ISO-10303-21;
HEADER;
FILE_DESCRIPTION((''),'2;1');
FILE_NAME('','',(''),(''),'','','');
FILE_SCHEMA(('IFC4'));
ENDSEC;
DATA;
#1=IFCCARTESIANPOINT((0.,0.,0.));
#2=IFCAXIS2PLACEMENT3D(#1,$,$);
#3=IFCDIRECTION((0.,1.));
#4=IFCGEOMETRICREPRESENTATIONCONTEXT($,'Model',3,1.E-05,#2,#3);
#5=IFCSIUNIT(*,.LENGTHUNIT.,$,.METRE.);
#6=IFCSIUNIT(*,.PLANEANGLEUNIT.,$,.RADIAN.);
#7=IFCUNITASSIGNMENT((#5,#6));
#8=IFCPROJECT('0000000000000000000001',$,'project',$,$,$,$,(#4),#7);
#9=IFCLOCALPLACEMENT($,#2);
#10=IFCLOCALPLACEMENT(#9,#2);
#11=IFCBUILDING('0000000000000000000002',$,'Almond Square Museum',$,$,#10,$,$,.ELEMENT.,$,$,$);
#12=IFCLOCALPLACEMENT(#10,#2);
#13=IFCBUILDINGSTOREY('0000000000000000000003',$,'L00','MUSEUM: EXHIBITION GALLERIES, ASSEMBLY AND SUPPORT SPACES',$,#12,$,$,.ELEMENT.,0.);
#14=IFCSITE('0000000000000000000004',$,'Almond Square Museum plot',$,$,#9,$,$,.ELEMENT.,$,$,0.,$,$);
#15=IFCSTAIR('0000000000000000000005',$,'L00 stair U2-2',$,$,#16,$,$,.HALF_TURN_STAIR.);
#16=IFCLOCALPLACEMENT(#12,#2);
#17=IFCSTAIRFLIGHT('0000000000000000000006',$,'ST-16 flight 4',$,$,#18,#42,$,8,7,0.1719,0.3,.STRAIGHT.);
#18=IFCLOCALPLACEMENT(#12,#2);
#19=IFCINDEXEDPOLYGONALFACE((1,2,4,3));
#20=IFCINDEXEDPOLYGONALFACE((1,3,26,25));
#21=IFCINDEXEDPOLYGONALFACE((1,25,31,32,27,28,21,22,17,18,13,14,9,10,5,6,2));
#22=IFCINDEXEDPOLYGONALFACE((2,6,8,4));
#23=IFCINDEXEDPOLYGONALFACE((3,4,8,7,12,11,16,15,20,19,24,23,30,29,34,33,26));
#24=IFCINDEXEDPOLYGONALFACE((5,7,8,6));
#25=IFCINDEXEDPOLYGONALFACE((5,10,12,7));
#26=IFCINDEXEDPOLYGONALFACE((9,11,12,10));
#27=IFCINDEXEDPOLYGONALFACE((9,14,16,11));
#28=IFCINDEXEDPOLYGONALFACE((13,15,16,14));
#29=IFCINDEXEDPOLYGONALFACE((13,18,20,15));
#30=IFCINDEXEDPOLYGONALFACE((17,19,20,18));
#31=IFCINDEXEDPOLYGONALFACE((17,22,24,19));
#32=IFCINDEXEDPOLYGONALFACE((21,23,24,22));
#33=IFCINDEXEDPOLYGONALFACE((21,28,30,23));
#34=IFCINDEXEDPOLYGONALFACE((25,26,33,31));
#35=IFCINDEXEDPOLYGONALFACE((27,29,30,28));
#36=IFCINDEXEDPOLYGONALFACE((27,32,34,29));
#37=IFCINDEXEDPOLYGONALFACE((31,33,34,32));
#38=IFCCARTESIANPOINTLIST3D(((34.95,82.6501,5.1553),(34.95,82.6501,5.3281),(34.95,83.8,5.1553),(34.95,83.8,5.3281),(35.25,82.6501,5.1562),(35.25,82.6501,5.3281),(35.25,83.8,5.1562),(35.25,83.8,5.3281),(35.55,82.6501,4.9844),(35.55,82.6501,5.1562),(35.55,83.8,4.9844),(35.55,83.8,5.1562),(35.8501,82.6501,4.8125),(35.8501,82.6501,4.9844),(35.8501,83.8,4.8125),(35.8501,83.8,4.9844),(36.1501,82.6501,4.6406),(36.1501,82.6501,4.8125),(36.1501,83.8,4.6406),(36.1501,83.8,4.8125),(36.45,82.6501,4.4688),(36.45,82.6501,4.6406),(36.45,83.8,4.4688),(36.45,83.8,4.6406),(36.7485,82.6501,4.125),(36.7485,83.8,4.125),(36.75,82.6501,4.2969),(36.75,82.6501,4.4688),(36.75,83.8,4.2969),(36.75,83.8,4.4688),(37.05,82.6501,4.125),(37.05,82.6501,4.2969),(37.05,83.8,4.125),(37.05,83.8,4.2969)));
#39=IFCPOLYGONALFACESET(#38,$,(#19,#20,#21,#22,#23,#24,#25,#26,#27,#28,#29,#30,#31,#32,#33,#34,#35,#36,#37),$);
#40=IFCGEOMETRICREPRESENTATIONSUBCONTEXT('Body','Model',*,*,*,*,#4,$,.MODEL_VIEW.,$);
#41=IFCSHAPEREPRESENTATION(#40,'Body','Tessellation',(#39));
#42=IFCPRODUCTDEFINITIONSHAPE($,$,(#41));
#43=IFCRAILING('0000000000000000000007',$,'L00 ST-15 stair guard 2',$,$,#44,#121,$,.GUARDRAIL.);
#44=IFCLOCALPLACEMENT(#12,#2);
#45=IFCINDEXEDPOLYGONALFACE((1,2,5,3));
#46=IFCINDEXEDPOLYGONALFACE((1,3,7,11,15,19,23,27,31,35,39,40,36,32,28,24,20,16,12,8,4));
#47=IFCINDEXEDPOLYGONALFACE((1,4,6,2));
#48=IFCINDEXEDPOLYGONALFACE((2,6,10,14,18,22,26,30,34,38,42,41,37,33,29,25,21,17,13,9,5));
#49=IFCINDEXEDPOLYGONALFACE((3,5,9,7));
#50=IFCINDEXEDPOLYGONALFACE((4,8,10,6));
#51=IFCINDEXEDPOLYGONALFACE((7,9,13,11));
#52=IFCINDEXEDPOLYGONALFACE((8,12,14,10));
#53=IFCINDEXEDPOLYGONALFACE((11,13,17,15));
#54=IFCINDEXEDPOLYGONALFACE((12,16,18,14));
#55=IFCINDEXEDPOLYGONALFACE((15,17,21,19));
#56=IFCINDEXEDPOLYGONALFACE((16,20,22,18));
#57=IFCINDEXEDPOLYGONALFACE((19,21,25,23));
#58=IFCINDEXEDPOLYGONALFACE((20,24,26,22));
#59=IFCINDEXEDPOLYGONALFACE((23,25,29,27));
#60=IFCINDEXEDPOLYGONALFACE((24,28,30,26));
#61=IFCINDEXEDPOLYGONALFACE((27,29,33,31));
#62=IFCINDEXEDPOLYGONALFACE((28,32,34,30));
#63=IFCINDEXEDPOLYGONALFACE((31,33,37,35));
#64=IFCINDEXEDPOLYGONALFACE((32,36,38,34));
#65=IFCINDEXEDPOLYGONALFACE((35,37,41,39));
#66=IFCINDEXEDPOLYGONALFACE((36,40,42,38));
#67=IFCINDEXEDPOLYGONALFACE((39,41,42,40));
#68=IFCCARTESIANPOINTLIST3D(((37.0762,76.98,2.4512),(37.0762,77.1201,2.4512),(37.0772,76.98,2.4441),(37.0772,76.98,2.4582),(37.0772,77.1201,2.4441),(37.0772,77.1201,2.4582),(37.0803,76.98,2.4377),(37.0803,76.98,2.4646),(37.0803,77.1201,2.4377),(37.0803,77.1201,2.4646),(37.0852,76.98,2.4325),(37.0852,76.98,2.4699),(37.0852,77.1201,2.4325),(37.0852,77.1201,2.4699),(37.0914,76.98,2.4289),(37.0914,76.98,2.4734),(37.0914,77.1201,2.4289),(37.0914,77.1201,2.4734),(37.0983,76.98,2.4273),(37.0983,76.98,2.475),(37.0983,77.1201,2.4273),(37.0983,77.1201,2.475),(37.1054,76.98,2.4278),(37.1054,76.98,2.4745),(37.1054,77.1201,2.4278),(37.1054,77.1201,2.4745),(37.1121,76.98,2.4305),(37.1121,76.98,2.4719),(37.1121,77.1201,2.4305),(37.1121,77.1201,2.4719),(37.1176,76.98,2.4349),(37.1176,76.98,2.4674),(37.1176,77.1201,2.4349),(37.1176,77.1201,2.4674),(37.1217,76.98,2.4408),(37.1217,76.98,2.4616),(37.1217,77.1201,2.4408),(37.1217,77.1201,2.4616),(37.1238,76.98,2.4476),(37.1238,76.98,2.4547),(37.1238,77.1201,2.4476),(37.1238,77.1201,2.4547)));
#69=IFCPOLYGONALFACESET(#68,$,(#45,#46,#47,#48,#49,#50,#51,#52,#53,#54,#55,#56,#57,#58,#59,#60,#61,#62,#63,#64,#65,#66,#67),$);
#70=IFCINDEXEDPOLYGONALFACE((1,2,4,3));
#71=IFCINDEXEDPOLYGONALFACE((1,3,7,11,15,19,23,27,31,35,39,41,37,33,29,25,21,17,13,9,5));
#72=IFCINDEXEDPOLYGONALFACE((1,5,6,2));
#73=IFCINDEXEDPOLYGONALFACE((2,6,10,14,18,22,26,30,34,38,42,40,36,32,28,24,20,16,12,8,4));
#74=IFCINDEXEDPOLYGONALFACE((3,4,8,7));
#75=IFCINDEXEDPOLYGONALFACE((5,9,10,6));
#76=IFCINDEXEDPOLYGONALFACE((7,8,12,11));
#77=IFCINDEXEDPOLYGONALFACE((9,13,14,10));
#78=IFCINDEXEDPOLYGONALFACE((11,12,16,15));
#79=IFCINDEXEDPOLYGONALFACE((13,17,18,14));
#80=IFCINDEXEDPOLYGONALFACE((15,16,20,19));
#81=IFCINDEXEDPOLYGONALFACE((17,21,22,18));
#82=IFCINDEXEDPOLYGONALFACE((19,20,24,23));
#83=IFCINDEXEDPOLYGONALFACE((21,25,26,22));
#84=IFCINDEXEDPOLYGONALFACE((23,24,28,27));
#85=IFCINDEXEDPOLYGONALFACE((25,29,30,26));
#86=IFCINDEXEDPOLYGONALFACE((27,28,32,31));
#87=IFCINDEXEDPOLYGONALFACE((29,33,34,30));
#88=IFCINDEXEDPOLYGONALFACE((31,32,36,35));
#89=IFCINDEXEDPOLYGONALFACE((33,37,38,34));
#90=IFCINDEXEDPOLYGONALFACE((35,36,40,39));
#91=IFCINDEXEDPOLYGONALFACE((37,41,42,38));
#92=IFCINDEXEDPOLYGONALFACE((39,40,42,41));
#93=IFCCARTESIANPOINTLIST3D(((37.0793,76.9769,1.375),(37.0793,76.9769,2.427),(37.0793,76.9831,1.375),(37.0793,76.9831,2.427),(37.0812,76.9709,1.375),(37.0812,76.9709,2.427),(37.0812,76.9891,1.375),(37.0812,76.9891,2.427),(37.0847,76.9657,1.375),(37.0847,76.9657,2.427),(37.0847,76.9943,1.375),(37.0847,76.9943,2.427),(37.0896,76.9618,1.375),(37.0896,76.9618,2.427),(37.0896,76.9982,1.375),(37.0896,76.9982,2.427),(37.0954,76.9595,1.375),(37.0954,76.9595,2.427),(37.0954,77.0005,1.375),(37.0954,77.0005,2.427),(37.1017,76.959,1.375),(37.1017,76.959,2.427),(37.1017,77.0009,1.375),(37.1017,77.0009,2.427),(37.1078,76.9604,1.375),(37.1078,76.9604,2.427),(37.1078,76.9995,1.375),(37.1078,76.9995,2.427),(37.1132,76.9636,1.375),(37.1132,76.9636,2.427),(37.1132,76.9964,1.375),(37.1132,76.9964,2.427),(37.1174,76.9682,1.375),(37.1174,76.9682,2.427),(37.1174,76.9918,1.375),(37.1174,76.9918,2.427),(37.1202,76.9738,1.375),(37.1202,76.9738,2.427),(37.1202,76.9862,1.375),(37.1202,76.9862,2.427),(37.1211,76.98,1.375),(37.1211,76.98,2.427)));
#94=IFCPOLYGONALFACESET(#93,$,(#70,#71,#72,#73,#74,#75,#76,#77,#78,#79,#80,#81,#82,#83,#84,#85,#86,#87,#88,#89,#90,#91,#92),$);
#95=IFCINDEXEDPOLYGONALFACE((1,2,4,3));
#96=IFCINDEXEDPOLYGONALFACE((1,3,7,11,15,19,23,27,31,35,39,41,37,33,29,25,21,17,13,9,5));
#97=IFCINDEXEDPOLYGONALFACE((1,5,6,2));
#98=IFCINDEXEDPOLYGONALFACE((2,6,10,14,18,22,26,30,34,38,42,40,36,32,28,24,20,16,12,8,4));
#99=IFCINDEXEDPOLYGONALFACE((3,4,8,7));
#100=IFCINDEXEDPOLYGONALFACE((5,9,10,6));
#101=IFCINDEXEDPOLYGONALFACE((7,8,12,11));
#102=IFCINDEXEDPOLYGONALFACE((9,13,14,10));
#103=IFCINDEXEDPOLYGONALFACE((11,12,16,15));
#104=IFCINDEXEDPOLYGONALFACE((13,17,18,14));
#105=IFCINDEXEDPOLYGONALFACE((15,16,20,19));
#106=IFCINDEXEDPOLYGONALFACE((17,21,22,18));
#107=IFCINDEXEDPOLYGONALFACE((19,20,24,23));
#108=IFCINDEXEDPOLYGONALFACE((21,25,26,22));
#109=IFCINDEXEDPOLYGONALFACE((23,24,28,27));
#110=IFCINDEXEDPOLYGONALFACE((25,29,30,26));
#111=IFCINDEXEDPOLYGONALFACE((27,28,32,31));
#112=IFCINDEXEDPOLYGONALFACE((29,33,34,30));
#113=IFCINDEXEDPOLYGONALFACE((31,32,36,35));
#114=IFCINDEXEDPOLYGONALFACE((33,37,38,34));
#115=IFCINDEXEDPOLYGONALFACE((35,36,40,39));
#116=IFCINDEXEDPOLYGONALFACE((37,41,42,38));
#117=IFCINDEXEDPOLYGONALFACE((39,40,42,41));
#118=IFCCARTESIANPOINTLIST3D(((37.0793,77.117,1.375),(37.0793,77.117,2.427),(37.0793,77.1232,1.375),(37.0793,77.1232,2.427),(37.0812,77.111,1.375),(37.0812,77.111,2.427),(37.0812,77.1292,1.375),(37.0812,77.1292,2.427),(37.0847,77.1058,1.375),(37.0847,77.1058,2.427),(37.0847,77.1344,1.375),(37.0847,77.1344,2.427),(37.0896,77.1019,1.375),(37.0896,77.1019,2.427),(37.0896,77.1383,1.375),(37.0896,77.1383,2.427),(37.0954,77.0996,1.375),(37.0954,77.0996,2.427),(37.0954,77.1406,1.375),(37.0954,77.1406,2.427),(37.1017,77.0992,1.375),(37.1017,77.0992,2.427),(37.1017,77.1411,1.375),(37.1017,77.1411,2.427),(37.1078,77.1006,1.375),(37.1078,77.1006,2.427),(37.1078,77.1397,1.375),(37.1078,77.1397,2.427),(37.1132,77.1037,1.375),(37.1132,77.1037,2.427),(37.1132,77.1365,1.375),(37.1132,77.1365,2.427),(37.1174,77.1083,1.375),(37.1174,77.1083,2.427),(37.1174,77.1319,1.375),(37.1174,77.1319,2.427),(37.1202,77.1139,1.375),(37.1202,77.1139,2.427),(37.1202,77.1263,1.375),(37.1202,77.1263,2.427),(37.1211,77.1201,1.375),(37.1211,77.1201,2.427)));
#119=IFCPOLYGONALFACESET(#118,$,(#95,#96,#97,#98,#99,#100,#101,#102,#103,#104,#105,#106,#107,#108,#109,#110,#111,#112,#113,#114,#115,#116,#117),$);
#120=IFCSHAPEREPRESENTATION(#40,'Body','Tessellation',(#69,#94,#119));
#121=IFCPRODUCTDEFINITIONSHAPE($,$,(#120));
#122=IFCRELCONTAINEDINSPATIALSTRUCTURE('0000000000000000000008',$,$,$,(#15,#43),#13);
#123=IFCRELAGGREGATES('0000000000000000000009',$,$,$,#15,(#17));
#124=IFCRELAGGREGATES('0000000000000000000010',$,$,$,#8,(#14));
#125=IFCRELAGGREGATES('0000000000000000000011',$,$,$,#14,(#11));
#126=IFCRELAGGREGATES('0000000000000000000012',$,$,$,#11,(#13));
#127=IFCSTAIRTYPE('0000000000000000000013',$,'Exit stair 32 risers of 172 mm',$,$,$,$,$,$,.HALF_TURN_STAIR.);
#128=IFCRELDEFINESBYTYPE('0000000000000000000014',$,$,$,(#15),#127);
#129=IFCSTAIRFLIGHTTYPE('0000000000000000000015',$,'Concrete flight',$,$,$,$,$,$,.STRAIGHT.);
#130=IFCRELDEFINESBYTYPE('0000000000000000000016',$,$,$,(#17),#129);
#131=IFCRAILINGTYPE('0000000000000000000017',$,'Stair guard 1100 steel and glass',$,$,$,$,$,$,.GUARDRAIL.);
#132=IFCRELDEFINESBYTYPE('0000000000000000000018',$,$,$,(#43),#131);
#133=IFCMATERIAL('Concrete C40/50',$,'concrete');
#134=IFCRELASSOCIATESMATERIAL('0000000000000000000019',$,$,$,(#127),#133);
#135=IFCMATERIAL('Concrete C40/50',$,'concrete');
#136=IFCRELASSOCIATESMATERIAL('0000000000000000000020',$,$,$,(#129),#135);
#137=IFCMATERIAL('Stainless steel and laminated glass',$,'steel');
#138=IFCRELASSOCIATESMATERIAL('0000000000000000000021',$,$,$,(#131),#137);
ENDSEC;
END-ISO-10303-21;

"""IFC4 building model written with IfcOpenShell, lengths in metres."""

from ifc_helpers import new_model, si_unit, direction, frame, origin, origin_2d, place, context, subcontext, project, spatial, polyline, circle, outline, extrude, material, type_object, element, aggregate, save


model = new_model("IFC4")

# Units and contexts
model_context = context("Model", 3, precision=1e-05, world=origin(), true_north=direction((0.0, 1.0)))
body_context = subcontext(model_context, "Body", "Model", "MODEL_VIEW")
ifc_project = project(units=[si_unit("LENGTHUNIT", "METRE"), si_unit("PLANEANGLEUNIT", "RADIAN")], contexts=[model_context])

# Site, building, storey
site_placement = place(None, origin())
site = spatial("IfcSite", under=ifc_project, at=site_placement, Name="Almond Square Museum plot", CompositionType="ELEMENT", RefElevation=0.0)
building_placement = place(site_placement, origin())
building = spatial("IfcBuilding", under=site, at=building_placement, Name="Almond Square Museum", CompositionType="ELEMENT")
storey_placement = place(building_placement, origin())
storey = spatial("IfcBuildingStorey", under=building, at=storey_placement, Name="L00", Description="MUSEUM: EXHIBITION GALLERIES, ASSEMBLY AND SUPPORT SPACES", CompositionType="ELEMENT", Elevation=0.0)

# Stair, stair flight
ifc_material_1 = material(Name="Concrete C40/50", Category="concrete")
stair_type = type_object("IfcStairType", Name="Exit stair 32 risers of 172 mm", PredefinedType="HALF_TURN_STAIR", material=ifc_material_1)
ifc_material_2 = material(Name="Concrete C40/50", Category="concrete")
stair_flight_type = type_object("IfcStairFlightType", Name="Concrete flight", PredefinedType="STRAIGHT", material=ifc_material_2)
stair_1_placement = place(storey_placement, origin())
stair_1 = element("IfcStair", 1, at=stair_1_placement, inside=storey, type_object=stair_type, Name="L00 stair U2-2", PredefinedType="HALF_TURN_STAIR")
stair_flight_1_placement = place(storey_placement, frame((37.05, 83.2251, 4.125), z_axis=(0.0, 0.0, 1.0), x_axis=(-1.0, 0.0, 0.0)))
stair_flight_1 = element("IfcStairFlight", 2, at=stair_flight_1_placement, type_object=stair_flight_type, Name="ST-16 flight 4", NumberOfRisers=8, NumberOfTreads=7, PredefinedType="STRAIGHT", RiserHeight=0.1719, TreadLength=0.3, context=body_context, shape_type="SweptSolid", body=[
    extrude(outline(polyline([(0.0, 0.0), (0.0, 0.1719), (0.3, 0.1719), (0.3, 0.3438), (0.6001, 0.3438), (0.6001, 0.5156), (0.8999, 0.5156), (0.8999, 0.6875), (1.2, 0.6875), (1.2, 0.8594), (1.5, 0.8594), (1.5, 1.0312), (1.8, 1.0312), (1.8, 1.2031), (2.1001, 1.2031), (2.1001, 1.375), (2.1001, 1.0303), (0.3015, 0.0), (0.0, 0.0)])), frame((0.0, 0.575, 0.0), z_axis=(0.0, -1.0, 0.0), x_axis=(1.0, 0.0, 0.0)), (0.0, 0.0, 1.0), 1.1499),
])
aggregate(stair_1, [stair_flight_1])

# Railing
ifc_material_3 = material(Name="Stainless steel and laminated glass", Category="steel")
railing_type_1 = type_object("IfcRailingType", Name="Stair guard 1100 steel and glass", PredefinedType="GUARDRAIL", material=ifc_material_3)
railing_1_placement = place(storey_placement, frame((37.1001, 76.98, 1.375)))
element("IfcRailing", 3, at=railing_1_placement, inside=storey, type_object=railing_type_1, Name="L00 ST-15 stair guard 2", PredefinedType="GUARDRAIL", context=body_context, shape_type="SweptSolid", body=[
    extrude(circle(Radius=0.0239, at=origin_2d()), frame((0.0, 0.0, 1.0762), z_axis=(0.0, 1.0, 0.0), x_axis=(-1.0, 0.0, 0.0)), (0.0, 0.0, 1.0), 0.1401),
    extrude(circle(Radius=0.021, at=origin_2d()), origin(), (0.0, 0.0, 1.0), 1.052),
    extrude(circle(Radius=0.021, at=origin_2d()), frame((0.0, 0.1401, 0.0)), (0.0, 0.0, 1.0), 1.052),
])

save(model, "model.ifc")
